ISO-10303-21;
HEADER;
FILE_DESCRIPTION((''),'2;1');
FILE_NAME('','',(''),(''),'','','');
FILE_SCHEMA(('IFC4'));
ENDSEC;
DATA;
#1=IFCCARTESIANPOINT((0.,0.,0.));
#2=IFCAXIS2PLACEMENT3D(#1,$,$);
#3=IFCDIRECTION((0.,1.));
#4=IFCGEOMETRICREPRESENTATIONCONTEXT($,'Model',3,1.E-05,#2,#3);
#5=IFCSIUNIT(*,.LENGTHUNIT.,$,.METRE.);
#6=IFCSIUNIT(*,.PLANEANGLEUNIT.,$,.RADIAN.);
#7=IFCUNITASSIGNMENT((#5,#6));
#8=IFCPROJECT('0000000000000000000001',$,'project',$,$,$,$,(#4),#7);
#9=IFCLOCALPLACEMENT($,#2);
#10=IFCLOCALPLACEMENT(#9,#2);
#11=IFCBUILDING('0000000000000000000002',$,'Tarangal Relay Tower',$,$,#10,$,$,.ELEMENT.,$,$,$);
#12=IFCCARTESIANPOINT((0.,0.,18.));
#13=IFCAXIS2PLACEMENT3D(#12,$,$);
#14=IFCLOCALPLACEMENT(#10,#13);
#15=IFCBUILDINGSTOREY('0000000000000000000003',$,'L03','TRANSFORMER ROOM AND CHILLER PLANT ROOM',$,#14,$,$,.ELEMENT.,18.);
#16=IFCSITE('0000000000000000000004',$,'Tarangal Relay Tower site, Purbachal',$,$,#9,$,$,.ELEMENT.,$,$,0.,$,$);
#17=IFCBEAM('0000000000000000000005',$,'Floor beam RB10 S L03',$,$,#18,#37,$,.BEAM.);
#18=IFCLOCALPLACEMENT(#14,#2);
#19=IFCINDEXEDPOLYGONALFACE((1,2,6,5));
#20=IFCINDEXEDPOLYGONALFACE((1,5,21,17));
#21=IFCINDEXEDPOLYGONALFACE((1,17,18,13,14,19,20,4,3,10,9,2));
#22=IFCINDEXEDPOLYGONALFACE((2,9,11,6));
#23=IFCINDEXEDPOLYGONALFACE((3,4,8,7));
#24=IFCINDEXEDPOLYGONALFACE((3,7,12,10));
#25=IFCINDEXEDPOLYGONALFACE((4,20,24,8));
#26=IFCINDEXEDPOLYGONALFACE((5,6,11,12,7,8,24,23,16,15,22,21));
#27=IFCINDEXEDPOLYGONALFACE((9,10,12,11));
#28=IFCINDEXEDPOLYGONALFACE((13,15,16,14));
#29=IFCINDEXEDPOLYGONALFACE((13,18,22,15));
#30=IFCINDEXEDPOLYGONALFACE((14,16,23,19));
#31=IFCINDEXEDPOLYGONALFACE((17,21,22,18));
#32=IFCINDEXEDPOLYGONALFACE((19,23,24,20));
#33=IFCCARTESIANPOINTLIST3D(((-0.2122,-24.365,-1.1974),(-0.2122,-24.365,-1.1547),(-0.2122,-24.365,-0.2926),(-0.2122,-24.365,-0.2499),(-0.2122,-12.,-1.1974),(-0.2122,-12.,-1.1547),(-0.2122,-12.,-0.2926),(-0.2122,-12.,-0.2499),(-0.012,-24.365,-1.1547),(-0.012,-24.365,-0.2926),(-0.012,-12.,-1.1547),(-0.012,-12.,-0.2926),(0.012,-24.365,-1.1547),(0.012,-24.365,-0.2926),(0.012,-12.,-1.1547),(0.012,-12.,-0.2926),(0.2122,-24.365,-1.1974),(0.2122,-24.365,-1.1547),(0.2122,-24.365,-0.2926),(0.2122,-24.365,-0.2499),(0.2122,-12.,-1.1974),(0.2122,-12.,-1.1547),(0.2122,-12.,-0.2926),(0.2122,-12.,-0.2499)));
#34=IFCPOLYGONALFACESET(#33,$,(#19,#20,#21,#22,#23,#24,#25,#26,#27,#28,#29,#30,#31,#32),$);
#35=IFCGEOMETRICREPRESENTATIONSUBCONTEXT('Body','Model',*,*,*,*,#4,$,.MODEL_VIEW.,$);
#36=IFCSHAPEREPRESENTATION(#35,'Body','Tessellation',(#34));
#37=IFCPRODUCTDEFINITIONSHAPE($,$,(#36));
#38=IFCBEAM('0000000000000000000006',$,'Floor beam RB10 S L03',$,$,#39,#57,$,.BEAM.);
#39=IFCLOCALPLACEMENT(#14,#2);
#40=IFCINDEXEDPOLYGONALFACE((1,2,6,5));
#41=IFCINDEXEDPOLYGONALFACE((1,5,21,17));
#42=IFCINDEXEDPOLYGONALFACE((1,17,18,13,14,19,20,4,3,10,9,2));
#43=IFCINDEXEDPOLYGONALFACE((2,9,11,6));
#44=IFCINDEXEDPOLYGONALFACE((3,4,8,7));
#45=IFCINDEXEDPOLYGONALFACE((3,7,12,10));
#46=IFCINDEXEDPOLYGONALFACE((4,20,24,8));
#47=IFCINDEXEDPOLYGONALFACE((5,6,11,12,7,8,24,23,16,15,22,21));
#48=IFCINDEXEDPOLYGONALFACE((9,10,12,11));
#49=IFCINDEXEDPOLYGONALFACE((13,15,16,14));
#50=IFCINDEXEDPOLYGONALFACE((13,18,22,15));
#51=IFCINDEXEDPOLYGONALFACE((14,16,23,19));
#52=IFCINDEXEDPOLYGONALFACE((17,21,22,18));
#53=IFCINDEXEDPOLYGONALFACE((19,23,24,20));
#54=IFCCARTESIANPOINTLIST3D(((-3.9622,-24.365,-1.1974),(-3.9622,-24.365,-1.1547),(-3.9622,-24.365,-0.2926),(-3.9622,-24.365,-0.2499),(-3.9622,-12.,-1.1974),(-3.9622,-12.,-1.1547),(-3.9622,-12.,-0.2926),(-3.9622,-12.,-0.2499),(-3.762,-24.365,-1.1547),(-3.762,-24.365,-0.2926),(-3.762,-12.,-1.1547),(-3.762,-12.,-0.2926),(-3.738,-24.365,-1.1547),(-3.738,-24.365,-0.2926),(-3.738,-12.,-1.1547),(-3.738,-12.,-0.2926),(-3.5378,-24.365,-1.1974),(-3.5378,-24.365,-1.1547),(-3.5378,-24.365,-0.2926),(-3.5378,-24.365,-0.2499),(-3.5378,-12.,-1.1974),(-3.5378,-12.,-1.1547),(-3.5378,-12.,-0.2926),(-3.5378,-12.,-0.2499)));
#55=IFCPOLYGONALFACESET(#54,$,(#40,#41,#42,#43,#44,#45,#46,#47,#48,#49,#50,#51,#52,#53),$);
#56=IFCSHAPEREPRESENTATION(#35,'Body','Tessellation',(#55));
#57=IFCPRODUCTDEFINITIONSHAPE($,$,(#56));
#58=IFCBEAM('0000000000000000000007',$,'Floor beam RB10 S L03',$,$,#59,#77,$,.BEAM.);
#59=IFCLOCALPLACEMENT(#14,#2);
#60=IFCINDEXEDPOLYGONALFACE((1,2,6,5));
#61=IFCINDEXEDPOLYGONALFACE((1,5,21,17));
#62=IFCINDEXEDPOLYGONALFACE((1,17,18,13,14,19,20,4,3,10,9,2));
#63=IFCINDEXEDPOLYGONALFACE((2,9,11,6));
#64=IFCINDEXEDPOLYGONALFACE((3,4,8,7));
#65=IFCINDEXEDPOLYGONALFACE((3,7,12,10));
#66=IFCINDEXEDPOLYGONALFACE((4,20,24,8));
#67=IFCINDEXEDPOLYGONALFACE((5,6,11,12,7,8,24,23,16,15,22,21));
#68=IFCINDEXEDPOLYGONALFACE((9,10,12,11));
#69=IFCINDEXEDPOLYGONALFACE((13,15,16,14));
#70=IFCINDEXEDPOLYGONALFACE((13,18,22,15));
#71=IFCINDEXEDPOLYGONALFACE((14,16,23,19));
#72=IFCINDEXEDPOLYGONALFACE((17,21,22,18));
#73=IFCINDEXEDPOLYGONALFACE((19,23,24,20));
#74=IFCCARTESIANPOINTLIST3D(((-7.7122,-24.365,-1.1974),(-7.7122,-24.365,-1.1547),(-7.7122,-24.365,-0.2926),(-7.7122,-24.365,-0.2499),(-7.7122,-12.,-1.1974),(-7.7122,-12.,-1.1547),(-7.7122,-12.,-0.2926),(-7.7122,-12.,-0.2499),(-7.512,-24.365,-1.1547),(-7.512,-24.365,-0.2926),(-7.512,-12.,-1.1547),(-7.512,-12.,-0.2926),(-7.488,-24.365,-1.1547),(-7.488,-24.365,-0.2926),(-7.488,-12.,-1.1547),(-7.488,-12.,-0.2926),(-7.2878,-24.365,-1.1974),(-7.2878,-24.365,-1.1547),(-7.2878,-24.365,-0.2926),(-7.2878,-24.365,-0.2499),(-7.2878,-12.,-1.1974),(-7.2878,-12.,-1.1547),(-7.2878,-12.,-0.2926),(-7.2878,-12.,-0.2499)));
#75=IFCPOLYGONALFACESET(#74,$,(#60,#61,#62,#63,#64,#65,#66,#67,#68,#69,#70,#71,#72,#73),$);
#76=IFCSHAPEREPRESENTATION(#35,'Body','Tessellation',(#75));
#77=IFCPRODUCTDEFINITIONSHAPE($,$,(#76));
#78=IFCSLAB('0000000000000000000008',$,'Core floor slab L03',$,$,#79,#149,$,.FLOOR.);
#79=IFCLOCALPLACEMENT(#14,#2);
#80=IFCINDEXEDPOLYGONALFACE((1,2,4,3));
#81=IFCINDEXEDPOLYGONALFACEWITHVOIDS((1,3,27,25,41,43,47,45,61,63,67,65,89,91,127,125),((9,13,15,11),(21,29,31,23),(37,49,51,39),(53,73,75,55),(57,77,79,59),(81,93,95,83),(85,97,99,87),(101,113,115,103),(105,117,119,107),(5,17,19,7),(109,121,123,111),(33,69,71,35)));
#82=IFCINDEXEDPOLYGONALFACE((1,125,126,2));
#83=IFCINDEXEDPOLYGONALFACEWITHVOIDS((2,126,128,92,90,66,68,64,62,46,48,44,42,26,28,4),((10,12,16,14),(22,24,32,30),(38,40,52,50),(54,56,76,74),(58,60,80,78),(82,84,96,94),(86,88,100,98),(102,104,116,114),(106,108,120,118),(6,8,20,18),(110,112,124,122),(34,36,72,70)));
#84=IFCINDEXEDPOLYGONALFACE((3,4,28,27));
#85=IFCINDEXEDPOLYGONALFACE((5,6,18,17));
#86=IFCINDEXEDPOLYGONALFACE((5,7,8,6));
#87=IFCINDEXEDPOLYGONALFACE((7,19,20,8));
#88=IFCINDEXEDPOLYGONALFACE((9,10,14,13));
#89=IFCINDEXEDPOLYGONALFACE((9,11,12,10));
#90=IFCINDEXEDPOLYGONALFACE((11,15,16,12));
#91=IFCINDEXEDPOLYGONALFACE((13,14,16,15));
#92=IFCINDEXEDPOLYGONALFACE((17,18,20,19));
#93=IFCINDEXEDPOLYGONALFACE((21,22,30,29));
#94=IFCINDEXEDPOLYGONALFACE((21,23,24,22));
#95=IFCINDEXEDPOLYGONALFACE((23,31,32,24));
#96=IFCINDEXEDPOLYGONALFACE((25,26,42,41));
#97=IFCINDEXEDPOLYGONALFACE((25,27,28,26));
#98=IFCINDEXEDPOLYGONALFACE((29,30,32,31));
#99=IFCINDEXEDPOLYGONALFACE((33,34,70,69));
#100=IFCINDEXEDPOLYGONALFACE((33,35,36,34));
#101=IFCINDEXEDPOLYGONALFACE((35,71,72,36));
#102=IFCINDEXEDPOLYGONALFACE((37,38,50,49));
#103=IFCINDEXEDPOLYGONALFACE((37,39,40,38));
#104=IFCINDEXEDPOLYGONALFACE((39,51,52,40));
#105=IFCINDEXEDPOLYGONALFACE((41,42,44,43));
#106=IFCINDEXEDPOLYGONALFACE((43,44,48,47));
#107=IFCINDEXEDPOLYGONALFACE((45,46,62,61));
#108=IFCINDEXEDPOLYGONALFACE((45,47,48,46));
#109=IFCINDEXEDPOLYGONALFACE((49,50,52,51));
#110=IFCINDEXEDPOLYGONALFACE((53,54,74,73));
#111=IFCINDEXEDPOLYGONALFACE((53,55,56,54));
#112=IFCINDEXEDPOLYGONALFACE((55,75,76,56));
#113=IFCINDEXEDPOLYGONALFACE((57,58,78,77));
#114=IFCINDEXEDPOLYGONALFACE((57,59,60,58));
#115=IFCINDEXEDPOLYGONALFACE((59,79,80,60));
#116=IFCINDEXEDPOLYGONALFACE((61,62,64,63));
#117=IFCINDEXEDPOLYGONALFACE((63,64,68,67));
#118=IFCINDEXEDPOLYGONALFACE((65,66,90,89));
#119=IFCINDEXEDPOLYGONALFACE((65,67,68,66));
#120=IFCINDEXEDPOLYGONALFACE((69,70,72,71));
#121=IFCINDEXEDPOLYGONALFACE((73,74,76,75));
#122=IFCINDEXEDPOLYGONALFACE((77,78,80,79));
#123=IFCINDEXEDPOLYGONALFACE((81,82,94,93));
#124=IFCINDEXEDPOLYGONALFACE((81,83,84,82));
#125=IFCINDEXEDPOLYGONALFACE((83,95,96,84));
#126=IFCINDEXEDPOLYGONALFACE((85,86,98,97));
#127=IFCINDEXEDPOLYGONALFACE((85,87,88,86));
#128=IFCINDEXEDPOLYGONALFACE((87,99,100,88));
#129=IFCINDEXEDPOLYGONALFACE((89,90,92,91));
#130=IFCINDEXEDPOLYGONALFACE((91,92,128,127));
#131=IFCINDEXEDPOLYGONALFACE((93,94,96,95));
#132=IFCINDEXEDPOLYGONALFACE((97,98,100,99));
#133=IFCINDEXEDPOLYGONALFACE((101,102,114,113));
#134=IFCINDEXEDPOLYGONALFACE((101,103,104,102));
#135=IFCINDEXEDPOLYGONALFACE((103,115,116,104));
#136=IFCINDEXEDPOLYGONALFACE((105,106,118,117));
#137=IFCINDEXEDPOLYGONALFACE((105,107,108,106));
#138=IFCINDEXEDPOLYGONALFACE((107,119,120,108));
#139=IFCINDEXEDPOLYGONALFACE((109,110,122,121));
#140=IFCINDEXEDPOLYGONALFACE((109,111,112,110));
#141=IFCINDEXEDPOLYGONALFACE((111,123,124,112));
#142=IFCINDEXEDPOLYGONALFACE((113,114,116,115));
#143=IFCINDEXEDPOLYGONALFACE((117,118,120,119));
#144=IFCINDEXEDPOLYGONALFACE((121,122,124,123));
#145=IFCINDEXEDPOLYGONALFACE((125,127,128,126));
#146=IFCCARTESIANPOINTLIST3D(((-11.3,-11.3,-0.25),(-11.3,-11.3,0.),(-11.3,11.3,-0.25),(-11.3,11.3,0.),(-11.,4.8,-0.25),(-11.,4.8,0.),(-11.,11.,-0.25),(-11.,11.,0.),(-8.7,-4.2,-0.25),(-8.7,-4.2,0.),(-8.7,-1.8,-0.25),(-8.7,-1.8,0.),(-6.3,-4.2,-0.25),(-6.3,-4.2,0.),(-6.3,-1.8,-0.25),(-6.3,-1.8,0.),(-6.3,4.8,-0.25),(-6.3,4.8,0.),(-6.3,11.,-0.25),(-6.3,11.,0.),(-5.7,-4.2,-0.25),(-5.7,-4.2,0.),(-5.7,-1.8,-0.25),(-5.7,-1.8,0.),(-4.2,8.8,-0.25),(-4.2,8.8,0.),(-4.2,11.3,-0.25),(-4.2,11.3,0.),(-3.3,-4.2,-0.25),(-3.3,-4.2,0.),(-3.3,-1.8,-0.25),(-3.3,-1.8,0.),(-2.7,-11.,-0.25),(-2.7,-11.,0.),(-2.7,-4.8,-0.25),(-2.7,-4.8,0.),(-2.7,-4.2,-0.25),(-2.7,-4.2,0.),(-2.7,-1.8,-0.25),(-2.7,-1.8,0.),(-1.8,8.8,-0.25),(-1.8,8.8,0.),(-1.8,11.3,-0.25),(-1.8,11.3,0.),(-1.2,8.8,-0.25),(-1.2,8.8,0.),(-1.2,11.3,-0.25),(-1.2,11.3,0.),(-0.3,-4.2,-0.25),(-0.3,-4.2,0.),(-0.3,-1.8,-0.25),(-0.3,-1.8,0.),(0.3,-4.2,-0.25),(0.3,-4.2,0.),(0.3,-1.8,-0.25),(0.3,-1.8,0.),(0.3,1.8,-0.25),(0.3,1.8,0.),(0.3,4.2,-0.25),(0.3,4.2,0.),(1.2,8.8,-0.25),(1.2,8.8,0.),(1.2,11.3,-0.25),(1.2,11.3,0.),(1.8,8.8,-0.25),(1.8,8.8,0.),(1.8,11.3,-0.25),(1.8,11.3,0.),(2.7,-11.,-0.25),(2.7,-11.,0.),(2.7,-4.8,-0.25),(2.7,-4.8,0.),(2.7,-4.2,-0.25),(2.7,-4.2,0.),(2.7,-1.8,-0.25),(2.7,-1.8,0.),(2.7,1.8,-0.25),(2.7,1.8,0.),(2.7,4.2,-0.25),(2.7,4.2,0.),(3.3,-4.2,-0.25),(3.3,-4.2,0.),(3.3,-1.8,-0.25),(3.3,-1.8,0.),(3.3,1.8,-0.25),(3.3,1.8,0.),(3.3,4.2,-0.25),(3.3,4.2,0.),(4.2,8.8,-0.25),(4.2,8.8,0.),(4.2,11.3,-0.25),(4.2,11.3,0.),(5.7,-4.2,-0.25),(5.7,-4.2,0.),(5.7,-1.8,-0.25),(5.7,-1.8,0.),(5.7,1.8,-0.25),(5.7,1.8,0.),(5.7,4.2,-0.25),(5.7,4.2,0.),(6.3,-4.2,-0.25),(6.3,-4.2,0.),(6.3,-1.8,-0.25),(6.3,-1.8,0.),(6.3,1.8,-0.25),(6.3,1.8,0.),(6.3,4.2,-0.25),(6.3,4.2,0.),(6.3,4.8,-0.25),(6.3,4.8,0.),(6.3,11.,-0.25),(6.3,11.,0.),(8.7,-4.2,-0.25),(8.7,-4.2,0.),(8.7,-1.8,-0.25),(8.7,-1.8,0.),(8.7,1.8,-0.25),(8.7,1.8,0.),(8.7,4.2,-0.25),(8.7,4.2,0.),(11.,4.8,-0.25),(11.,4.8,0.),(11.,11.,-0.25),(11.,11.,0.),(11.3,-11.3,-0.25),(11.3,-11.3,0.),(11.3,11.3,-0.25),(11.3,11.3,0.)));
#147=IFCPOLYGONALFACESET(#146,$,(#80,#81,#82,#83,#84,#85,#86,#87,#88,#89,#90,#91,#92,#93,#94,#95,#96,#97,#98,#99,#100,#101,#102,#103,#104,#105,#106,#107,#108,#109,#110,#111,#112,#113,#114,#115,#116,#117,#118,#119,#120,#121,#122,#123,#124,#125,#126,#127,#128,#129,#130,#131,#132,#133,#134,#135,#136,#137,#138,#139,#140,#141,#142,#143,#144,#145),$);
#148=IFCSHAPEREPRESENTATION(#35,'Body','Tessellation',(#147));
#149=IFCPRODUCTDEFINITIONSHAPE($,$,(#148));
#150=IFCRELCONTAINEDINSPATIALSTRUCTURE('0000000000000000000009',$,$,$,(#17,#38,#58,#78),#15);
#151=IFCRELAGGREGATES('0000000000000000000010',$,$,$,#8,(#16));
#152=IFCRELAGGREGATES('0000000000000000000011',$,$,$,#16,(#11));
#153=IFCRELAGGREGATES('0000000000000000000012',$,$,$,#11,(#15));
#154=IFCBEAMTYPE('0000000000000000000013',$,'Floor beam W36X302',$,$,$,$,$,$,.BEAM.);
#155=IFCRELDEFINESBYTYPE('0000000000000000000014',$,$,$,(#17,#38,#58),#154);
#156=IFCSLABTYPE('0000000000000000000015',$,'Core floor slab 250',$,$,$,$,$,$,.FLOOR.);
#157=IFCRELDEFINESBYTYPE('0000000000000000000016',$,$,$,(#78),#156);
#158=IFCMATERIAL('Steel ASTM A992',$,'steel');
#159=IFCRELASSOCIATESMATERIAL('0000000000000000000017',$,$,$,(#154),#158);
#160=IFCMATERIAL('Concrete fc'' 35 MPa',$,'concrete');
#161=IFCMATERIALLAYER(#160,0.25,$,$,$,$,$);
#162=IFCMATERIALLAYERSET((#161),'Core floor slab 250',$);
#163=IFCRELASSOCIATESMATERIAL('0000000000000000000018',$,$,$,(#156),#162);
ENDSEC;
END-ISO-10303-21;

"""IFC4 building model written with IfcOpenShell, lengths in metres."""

from ifc_helpers import new_model, si_unit, direction, frame, origin, origin_2d, place, context, subcontext, project, spatial, polyline, i_section, outline, extrude, material, layer, layer_set, material_profile, profile_set, type_object, element, save


model = new_model("IFC4")

# Units and contexts
model_context = context("Model", 3, precision=1e-05, world=origin(), true_north=direction((0.0, 1.0)))
body_context = subcontext(model_context, "Body", "Model", "MODEL_VIEW")
ifc_project = project(units=[si_unit("LENGTHUNIT", "METRE"), si_unit("PLANEANGLEUNIT", "RADIAN")], contexts=[model_context])

# Site, building, storey
site_placement = place(None, origin())
site = spatial("IfcSite", under=ifc_project, at=site_placement, Name="Tarangal Relay Tower site, Purbachal", CompositionType="ELEMENT", RefElevation=0.0)
building_placement = place(site_placement, origin())
building = spatial("IfcBuilding", under=site, at=building_placement, Name="Tarangal Relay Tower", CompositionType="ELEMENT")
storey_placement = place(building_placement, frame((0.0, 0.0, 18.0)))
storey = spatial("IfcBuildingStorey", under=building, at=storey_placement, Name="L03", Description="TRANSFORMER ROOM AND CHILLER PLANT ROOM", CompositionType="ELEMENT", Elevation=18.0)

# Beams
ifc_material_1 = material(Name="Steel ASTM A992", Category="steel")
ifc_material_profile = material_profile(ifc_material_1, i_section(OverallWidth=0.4243, OverallDepth=0.9475, WebThickness=0.0239, FlangeThickness=0.0427, at=origin_2d()), Name="W36X302")
ifc_profile_set = profile_set([ifc_material_profile], Name="Steel ASTM A992")
beam_type = type_object("IfcBeamType", Name="Floor beam W36X302", PredefinedType="BEAM", material=ifc_profile_set)
for number, where, z_axis, x_axis, name in (
    (1, (0.0, -12.0, -0.7236), (0.0, -1.0, 0.0), (1.0, 0.0, 0.0), "Floor beam RB10 S L03"),
    (2, (-3.75, -12.0, -0.7236), (0.0, -1.0, 0.0), (1.0, 0.0, 0.0), "Floor beam RB10 S L03"),
    (3, (-7.5, -12.0, -0.7236), (0.0, -1.0, 0.0), (1.0, 0.0, 0.0), "Floor beam RB10 S L03"),
):
    element("IfcBeam", number, at=place(storey_placement, frame(where, z_axis=z_axis, x_axis=x_axis)), inside=storey, type_object=beam_type, Name=name, PredefinedType="BEAM", context=body_context, shape_type="SweptSolid", body=[
        extrude(i_section(OverallWidth=0.4243, OverallDepth=0.9475, WebThickness=0.0239, FlangeThickness=0.0427, at=origin_2d()), origin(), (0.0, 0.0, 1.0), 12.365),
    ])

# Slab
ifc_material_2 = material(Name="Concrete fc' 35 MPa", Category="concrete")
ifc_layer_1 = layer(ifc_material_2, 0.25)
ifc_layer_set_1 = layer_set([ifc_layer_1], Name="Core floor slab 250")
slab_type_1 = type_object("IfcSlabType", Name="Core floor slab 250", PredefinedType="FLOOR", material=ifc_layer_set_1)
slab_1_placement = place(storey_placement, frame((0.0, 0.0, -0.25)))
element("IfcSlab", 4, at=slab_1_placement, inside=storey, type_object=slab_type_1, Name="Core floor slab L03", PredefinedType="FLOOR", context=body_context, shape_type="SweptSolid", body=[
    extrude(outline(polyline([(11.3, 11.3), (11.3, -11.3), (-11.3, -11.3), (-11.3, 11.3), (-4.2, 11.3), (-4.2, 8.8), (-1.8, 8.8), (-1.8, 11.3), (-1.2, 11.3), (-1.2, 8.8), (1.2, 8.8), (1.2, 11.3), (1.8, 11.3), (1.8, 8.8), (4.2, 8.8), (4.2, 11.3), (11.3, 11.3)]), holes=[polyline([(2.7, -4.8), (-2.7, -4.8), (-2.7, -11.0), (2.7, -11.0), (2.7, -4.8)]), polyline([(-6.3, -4.2), (-6.3, -1.8), (-8.7, -1.8), (-8.7, -4.2), (-6.3, -4.2)]), polyline([(-3.3, -4.2), (-3.3, -1.8), (-5.7, -1.8), (-5.7, -4.2), (-3.3, -4.2)]), polyline([(-0.3, -4.2), (-0.3, -1.8), (-2.7, -1.8), (-2.7, -4.2), (-0.3, -4.2)]), polyline([(2.7, 1.8), (2.7, 4.2), (0.3, 4.2), (0.3, 1.8), (2.7, 1.8)]), polyline([(-6.3, 4.8), (-6.3, 11.0), (-11.0, 11.0), (-11.0, 4.8), (-6.3, 4.8)]), polyline([(2.7, -4.2), (2.7, -1.8), (0.3, -1.8), (0.3, -4.2), (2.7, -4.2)]), polyline([(5.7, -4.2), (5.7, -1.8), (3.3, -1.8), (3.3, -4.2), (5.7, -4.2)]), polyline([(8.7, -4.2), (8.7, -1.8), (6.3, -1.8), (6.3, -4.2), (8.7, -4.2)]), polyline([(5.7, 1.8), (5.7, 4.2), (3.3, 4.2), (3.3, 1.8), (5.7, 1.8)]), polyline([(8.7, 1.8), (8.7, 4.2), (6.3, 4.2), (6.3, 1.8), (8.7, 1.8)]), polyline([(11.0, 4.8), (11.0, 11.0), (6.3, 11.0), (6.3, 4.8), (11.0, 4.8)])]), origin(), (0.0, 0.0, 1.0), 0.25),
])

save(model, "model.ifc")
